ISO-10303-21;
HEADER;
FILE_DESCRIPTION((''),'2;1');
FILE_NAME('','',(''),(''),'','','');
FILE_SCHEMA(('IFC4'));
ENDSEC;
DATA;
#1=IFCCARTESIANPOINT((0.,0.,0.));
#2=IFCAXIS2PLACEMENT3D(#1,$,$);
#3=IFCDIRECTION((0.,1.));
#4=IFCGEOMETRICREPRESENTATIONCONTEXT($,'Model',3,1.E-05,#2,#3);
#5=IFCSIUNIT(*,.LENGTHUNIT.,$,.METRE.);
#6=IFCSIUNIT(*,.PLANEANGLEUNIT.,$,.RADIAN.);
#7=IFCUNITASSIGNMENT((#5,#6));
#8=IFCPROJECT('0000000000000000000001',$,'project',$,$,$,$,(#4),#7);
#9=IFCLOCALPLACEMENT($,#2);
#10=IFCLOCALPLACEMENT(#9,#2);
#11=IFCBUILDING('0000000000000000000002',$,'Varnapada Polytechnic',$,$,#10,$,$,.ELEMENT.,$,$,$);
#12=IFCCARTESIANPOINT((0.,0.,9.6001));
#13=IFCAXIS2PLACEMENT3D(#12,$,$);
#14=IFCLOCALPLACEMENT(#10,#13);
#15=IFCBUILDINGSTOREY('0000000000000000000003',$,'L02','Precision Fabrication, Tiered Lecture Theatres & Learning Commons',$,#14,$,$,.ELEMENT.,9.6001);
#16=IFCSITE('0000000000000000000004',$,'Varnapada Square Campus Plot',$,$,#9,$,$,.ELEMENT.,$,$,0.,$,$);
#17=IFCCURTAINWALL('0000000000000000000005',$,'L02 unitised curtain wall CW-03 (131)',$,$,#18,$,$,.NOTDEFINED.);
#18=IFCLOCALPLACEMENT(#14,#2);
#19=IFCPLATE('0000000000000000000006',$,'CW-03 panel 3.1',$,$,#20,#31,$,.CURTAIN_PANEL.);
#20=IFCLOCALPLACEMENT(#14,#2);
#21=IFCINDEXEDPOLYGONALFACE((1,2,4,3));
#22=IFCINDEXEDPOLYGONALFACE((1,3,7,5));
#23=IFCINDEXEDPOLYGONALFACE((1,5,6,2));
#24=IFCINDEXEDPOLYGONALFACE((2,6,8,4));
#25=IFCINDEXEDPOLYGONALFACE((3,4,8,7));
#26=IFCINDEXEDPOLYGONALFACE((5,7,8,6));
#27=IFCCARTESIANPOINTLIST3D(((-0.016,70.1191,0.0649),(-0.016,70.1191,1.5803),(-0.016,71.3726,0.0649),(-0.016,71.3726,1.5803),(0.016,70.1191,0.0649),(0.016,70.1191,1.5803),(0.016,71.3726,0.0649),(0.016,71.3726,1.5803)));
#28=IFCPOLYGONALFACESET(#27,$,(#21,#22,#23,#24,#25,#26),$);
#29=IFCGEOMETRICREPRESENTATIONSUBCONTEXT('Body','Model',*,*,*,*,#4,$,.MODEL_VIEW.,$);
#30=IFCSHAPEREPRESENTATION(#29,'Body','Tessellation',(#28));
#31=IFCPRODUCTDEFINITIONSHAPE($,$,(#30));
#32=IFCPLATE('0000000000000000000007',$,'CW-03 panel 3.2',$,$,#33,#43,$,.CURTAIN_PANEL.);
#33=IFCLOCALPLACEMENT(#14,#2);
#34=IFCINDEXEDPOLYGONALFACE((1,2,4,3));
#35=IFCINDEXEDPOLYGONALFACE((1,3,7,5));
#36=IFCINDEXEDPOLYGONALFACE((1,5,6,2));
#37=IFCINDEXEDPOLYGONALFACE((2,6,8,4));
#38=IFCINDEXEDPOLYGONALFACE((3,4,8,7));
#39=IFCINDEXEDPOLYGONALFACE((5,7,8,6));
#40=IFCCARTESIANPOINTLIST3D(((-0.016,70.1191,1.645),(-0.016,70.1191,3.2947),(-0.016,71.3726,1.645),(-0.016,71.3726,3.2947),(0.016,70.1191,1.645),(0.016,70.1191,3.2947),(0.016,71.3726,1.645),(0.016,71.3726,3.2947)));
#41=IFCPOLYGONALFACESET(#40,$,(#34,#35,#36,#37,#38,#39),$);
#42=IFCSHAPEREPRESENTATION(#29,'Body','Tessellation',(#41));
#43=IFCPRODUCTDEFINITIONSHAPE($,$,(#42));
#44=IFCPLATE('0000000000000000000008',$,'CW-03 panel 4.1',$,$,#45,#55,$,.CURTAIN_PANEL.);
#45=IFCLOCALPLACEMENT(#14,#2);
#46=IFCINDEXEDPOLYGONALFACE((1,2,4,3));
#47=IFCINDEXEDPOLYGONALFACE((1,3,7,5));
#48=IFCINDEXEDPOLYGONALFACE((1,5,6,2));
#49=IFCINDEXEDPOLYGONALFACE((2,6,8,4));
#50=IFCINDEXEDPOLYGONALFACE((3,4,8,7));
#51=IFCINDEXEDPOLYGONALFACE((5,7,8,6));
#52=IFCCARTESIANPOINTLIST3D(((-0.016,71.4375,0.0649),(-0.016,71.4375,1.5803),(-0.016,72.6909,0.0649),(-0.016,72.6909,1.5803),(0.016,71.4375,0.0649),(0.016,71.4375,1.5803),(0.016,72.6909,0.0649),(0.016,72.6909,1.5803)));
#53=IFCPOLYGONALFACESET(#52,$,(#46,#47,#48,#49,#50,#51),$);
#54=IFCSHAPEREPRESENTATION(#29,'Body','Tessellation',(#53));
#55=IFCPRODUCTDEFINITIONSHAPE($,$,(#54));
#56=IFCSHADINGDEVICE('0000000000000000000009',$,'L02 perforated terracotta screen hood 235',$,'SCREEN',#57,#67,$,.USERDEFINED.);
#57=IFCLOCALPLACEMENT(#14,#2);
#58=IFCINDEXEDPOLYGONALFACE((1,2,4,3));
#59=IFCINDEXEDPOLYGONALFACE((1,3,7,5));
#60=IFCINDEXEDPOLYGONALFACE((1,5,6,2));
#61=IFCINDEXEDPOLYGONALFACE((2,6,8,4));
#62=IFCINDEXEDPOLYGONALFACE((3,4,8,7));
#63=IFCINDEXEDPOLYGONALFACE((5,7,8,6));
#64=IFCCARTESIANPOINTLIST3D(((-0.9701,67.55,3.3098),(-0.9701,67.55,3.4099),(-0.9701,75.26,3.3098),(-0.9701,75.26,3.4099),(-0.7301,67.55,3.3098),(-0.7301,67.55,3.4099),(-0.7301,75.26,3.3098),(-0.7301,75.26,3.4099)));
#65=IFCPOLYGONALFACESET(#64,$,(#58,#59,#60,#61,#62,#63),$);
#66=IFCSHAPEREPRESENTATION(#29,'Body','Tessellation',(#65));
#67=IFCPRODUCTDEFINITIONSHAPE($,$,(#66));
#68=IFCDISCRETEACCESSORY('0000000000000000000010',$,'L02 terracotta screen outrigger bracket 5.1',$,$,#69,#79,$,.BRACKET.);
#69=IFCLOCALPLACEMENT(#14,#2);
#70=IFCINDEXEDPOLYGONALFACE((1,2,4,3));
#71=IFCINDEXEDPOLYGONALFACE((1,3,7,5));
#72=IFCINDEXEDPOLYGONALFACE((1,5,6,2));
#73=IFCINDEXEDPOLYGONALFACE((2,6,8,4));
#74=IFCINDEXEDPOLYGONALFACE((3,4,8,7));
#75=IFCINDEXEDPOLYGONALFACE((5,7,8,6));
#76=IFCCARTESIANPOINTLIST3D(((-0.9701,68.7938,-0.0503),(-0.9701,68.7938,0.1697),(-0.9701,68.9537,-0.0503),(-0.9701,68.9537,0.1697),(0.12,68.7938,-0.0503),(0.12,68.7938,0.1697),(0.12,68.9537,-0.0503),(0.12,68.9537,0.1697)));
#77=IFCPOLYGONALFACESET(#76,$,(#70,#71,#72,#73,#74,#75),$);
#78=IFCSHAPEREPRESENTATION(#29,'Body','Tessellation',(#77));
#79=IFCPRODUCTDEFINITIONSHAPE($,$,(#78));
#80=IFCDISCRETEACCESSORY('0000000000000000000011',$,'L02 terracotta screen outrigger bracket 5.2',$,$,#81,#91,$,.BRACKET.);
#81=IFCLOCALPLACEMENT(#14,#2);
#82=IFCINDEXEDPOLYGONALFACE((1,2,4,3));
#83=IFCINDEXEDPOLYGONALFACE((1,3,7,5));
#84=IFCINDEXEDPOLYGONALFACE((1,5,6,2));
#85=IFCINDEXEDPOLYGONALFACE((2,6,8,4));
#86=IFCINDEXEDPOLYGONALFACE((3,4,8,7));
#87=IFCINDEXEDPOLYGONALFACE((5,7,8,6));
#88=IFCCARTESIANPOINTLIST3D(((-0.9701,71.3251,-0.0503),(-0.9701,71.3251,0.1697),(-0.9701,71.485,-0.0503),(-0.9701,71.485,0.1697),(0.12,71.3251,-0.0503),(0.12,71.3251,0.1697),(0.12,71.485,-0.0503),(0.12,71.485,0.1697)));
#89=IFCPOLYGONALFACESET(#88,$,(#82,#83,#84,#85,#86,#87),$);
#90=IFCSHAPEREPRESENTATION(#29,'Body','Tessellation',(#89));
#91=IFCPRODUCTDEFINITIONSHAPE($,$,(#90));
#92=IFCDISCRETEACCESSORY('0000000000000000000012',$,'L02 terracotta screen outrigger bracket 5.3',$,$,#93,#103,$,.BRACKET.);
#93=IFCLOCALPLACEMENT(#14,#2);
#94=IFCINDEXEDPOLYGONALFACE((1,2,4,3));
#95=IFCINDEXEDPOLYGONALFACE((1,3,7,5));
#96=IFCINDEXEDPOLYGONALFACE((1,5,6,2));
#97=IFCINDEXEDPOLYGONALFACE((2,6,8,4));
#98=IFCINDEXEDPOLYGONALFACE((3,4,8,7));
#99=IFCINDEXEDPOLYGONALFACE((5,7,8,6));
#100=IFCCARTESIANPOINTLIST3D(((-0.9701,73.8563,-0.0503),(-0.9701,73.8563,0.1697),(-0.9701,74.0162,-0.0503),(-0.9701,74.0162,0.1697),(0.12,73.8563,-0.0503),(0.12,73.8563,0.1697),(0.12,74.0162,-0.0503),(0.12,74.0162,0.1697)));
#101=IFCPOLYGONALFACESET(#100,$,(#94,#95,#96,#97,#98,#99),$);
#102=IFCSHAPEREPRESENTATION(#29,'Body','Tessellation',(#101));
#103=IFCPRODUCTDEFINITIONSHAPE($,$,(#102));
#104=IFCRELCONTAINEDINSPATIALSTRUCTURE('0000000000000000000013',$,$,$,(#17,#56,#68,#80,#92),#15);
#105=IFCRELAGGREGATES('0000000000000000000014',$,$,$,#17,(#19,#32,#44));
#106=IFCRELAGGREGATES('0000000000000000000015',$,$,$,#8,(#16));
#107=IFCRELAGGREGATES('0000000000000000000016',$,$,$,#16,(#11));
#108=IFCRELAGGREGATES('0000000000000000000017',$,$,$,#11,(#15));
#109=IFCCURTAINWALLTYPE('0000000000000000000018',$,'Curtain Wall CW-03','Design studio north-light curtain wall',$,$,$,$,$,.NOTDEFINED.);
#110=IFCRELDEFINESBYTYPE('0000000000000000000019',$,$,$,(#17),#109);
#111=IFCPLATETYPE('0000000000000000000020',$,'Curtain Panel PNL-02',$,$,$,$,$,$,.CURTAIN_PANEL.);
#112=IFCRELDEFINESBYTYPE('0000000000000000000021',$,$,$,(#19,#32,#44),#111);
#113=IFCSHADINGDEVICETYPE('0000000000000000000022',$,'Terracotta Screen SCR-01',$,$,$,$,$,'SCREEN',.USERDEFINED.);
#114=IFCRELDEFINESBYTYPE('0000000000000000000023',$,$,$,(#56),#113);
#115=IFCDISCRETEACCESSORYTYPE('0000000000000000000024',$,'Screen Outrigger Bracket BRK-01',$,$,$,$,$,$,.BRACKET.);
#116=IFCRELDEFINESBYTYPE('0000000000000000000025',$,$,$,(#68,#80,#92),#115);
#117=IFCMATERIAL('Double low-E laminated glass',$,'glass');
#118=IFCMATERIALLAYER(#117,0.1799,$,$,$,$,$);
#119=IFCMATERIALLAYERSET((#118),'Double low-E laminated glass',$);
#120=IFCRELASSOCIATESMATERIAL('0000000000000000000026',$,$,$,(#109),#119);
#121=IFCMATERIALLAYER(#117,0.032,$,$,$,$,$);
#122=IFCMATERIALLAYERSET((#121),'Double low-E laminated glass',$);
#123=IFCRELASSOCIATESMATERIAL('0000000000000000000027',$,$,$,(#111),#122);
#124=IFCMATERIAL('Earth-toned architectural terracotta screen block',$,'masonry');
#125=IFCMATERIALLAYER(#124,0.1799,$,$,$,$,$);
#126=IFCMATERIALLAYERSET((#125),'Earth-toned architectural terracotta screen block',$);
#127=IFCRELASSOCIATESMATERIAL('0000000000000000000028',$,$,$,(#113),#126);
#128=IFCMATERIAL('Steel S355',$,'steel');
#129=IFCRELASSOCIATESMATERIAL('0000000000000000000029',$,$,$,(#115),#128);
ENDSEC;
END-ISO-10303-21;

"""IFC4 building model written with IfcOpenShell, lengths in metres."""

from ifc_helpers import new_model, si_unit, direction, frame, origin, origin_2d, place, context, subcontext, project, spatial, rectangle, extrude, material, layer, layer_set, type_object, element, aggregate, save


model = new_model("IFC4")

# Units and contexts
model_context = context("Model", 3, precision=1e-05, world=origin(), true_north=direction((0.0, 1.0)))
body_context = subcontext(model_context, "Body", "Model", "MODEL_VIEW")
ifc_project = project(units=[si_unit("LENGTHUNIT", "METRE"), si_unit("PLANEANGLEUNIT", "RADIAN")], contexts=[model_context])

# Site, building, storey
site_placement = place(None, origin())
site = spatial("IfcSite", under=ifc_project, at=site_placement, Name="Varnapada Square Campus Plot", CompositionType="ELEMENT", RefElevation=0.0)
building_placement = place(site_placement, origin())
building = spatial("IfcBuilding", under=site, at=building_placement, Name="Varnapada Polytechnic", CompositionType="ELEMENT")
storey_placement = place(building_placement, frame((0.0, 0.0, 9.6001)))
storey = spatial("IfcBuildingStorey", under=building, at=storey_placement, Name="L02", Description="Precision Fabrication, Tiered Lecture Theatres & Learning Commons", CompositionType="ELEMENT", Elevation=9.6001)

# Curtain wall, plates
ifc_material_1 = material(Name="Double low-E laminated glass", Category="glass")
ifc_layer_1 = layer(ifc_material_1, 0.1799)
ifc_layer_set_1 = layer_set([ifc_layer_1], Name="Double low-E laminated glass")
curtain_wall_type = type_object("IfcCurtainWallType", Name="Curtain Wall CW-03", Description="Design studio north-light curtain wall", PredefinedType="NOTDEFINED", material=ifc_layer_set_1)
curtain_wall_placement = place(storey_placement, origin())
curtain_wall = element("IfcCurtainWall", 1, at=curtain_wall_placement, inside=storey, type_object=curtain_wall_type, Name="L02 unitised curtain wall CW-03 (131)", PredefinedType="NOTDEFINED")
ifc_layer_2 = layer(ifc_material_1, 0.032)
ifc_layer_set_2 = layer_set([ifc_layer_2], Name="Double low-E laminated glass")
plate_type = type_object("IfcPlateType", Name="Curtain Panel PNL-02", PredefinedType="CURTAIN_PANEL", material=ifc_layer_set_2)
plate_1_placement = place(storey_placement, frame((0.0, 70.7458, 0.0649), z_axis=(0.0, 0.0, 1.0), x_axis=(0.0, 1.0, 0.0)))
plate_1 = element("IfcPlate", 2, at=plate_1_placement, type_object=plate_type, Name="CW-03 panel 3.1", PredefinedType="CURTAIN_PANEL", context=body_context, shape_type="SweptSolid", body=[
    extrude(rectangle(XDim=1.2534, YDim=0.032, at=origin_2d()), origin(), (0.0, 0.0, 1.0), 1.5154),
])
plate_2_placement = place(storey_placement, frame((0.0, 70.7458, 1.645), z_axis=(0.0, 0.0, 1.0), x_axis=(0.0, 1.0, 0.0)))
plate_2 = element("IfcPlate", 3, at=plate_2_placement, type_object=plate_type, Name="CW-03 panel 3.2", PredefinedType="CURTAIN_PANEL", context=body_context, shape_type="SweptSolid", body=[
    extrude(rectangle(XDim=1.2534, YDim=0.032, at=origin_2d()), origin(), (0.0, 0.0, 1.0), 1.6497),
])
plate_3_placement = place(storey_placement, frame((0.0, 72.0642, 0.0649), z_axis=(0.0, 0.0, 1.0), x_axis=(0.0, 1.0, 0.0)))
plate_3 = element("IfcPlate", 4, at=plate_3_placement, type_object=plate_type, Name="CW-03 panel 4.1", PredefinedType="CURTAIN_PANEL", context=body_context, shape_type="SweptSolid", body=[
    extrude(rectangle(XDim=1.2534, YDim=0.032, at=origin_2d()), origin(), (0.0, 0.0, 1.0), 1.5154),
])
aggregate(curtain_wall, [plate_1, plate_2, plate_3])

# Shading device
ifc_material_2 = material(Name="Earth-toned architectural terracotta screen block", Category="masonry")
ifc_layer_3 = layer(ifc_material_2, 0.1799)
ifc_layer_set_3 = layer_set([ifc_layer_3], Name="Earth-toned architectural terracotta screen block")
shading_device_type = type_object("IfcShadingDeviceType", Name="Terracotta Screen SCR-01", ElementType="SCREEN", PredefinedType="USERDEFINED", material=ifc_layer_set_3)
shading_device_placement = place(storey_placement, frame((-0.8501, 71.405, 3.3098), z_axis=(0.0, 0.0, 1.0), x_axis=(0.0, 1.0, 0.0)))
element("IfcShadingDevice", 5, at=shading_device_placement, inside=storey, type_object=shading_device_type, Name="L02 perforated terracotta screen hood 235", ObjectType="SCREEN", PredefinedType="USERDEFINED", context=body_context, shape_type="SweptSolid", body=[
    extrude(rectangle(XDim=7.71, YDim=0.24, at=origin_2d()), origin(), (0.0, 0.0, 1.0), 0.1001),
])

# Discrete accessories
ifc_material_3 = material(Name="Steel S355", Category="steel")
discrete_accessory_type = type_object("IfcDiscreteAccessoryType", Name="Screen Outrigger Bracket BRK-01", PredefinedType="BRACKET", material=ifc_material_3)
for number, where, z_axis, x_axis, name in (
    (6, (-0.425, 68.8738, -0.0503), (0.0, 0.0, 1.0), (0.0, 1.0, 0.0), "L02 terracotta screen outrigger bracket 5.1"),
    (7, (-0.425, 71.405, -0.0503), (0.0, 0.0, 1.0), (0.0, 1.0, 0.0), "L02 terracotta screen outrigger bracket 5.2"),
    (8, (-0.425, 73.9363, -0.0503), (0.0, 0.0, 1.0), (0.0, 1.0, 0.0), "L02 terracotta screen outrigger bracket 5.3"),
):
    element("IfcDiscreteAccessory", number, at=place(storey_placement, frame(where, z_axis=z_axis, x_axis=x_axis)), inside=storey, type_object=discrete_accessory_type, Name=name, PredefinedType="BRACKET", context=body_context, shape_type="SweptSolid", body=[
        extrude(rectangle(XDim=0.1599, YDim=1.0901, at=origin_2d()), origin(), (0.0, 0.0, 1.0), 0.22),
    ])

save(model, "model.ifc")
